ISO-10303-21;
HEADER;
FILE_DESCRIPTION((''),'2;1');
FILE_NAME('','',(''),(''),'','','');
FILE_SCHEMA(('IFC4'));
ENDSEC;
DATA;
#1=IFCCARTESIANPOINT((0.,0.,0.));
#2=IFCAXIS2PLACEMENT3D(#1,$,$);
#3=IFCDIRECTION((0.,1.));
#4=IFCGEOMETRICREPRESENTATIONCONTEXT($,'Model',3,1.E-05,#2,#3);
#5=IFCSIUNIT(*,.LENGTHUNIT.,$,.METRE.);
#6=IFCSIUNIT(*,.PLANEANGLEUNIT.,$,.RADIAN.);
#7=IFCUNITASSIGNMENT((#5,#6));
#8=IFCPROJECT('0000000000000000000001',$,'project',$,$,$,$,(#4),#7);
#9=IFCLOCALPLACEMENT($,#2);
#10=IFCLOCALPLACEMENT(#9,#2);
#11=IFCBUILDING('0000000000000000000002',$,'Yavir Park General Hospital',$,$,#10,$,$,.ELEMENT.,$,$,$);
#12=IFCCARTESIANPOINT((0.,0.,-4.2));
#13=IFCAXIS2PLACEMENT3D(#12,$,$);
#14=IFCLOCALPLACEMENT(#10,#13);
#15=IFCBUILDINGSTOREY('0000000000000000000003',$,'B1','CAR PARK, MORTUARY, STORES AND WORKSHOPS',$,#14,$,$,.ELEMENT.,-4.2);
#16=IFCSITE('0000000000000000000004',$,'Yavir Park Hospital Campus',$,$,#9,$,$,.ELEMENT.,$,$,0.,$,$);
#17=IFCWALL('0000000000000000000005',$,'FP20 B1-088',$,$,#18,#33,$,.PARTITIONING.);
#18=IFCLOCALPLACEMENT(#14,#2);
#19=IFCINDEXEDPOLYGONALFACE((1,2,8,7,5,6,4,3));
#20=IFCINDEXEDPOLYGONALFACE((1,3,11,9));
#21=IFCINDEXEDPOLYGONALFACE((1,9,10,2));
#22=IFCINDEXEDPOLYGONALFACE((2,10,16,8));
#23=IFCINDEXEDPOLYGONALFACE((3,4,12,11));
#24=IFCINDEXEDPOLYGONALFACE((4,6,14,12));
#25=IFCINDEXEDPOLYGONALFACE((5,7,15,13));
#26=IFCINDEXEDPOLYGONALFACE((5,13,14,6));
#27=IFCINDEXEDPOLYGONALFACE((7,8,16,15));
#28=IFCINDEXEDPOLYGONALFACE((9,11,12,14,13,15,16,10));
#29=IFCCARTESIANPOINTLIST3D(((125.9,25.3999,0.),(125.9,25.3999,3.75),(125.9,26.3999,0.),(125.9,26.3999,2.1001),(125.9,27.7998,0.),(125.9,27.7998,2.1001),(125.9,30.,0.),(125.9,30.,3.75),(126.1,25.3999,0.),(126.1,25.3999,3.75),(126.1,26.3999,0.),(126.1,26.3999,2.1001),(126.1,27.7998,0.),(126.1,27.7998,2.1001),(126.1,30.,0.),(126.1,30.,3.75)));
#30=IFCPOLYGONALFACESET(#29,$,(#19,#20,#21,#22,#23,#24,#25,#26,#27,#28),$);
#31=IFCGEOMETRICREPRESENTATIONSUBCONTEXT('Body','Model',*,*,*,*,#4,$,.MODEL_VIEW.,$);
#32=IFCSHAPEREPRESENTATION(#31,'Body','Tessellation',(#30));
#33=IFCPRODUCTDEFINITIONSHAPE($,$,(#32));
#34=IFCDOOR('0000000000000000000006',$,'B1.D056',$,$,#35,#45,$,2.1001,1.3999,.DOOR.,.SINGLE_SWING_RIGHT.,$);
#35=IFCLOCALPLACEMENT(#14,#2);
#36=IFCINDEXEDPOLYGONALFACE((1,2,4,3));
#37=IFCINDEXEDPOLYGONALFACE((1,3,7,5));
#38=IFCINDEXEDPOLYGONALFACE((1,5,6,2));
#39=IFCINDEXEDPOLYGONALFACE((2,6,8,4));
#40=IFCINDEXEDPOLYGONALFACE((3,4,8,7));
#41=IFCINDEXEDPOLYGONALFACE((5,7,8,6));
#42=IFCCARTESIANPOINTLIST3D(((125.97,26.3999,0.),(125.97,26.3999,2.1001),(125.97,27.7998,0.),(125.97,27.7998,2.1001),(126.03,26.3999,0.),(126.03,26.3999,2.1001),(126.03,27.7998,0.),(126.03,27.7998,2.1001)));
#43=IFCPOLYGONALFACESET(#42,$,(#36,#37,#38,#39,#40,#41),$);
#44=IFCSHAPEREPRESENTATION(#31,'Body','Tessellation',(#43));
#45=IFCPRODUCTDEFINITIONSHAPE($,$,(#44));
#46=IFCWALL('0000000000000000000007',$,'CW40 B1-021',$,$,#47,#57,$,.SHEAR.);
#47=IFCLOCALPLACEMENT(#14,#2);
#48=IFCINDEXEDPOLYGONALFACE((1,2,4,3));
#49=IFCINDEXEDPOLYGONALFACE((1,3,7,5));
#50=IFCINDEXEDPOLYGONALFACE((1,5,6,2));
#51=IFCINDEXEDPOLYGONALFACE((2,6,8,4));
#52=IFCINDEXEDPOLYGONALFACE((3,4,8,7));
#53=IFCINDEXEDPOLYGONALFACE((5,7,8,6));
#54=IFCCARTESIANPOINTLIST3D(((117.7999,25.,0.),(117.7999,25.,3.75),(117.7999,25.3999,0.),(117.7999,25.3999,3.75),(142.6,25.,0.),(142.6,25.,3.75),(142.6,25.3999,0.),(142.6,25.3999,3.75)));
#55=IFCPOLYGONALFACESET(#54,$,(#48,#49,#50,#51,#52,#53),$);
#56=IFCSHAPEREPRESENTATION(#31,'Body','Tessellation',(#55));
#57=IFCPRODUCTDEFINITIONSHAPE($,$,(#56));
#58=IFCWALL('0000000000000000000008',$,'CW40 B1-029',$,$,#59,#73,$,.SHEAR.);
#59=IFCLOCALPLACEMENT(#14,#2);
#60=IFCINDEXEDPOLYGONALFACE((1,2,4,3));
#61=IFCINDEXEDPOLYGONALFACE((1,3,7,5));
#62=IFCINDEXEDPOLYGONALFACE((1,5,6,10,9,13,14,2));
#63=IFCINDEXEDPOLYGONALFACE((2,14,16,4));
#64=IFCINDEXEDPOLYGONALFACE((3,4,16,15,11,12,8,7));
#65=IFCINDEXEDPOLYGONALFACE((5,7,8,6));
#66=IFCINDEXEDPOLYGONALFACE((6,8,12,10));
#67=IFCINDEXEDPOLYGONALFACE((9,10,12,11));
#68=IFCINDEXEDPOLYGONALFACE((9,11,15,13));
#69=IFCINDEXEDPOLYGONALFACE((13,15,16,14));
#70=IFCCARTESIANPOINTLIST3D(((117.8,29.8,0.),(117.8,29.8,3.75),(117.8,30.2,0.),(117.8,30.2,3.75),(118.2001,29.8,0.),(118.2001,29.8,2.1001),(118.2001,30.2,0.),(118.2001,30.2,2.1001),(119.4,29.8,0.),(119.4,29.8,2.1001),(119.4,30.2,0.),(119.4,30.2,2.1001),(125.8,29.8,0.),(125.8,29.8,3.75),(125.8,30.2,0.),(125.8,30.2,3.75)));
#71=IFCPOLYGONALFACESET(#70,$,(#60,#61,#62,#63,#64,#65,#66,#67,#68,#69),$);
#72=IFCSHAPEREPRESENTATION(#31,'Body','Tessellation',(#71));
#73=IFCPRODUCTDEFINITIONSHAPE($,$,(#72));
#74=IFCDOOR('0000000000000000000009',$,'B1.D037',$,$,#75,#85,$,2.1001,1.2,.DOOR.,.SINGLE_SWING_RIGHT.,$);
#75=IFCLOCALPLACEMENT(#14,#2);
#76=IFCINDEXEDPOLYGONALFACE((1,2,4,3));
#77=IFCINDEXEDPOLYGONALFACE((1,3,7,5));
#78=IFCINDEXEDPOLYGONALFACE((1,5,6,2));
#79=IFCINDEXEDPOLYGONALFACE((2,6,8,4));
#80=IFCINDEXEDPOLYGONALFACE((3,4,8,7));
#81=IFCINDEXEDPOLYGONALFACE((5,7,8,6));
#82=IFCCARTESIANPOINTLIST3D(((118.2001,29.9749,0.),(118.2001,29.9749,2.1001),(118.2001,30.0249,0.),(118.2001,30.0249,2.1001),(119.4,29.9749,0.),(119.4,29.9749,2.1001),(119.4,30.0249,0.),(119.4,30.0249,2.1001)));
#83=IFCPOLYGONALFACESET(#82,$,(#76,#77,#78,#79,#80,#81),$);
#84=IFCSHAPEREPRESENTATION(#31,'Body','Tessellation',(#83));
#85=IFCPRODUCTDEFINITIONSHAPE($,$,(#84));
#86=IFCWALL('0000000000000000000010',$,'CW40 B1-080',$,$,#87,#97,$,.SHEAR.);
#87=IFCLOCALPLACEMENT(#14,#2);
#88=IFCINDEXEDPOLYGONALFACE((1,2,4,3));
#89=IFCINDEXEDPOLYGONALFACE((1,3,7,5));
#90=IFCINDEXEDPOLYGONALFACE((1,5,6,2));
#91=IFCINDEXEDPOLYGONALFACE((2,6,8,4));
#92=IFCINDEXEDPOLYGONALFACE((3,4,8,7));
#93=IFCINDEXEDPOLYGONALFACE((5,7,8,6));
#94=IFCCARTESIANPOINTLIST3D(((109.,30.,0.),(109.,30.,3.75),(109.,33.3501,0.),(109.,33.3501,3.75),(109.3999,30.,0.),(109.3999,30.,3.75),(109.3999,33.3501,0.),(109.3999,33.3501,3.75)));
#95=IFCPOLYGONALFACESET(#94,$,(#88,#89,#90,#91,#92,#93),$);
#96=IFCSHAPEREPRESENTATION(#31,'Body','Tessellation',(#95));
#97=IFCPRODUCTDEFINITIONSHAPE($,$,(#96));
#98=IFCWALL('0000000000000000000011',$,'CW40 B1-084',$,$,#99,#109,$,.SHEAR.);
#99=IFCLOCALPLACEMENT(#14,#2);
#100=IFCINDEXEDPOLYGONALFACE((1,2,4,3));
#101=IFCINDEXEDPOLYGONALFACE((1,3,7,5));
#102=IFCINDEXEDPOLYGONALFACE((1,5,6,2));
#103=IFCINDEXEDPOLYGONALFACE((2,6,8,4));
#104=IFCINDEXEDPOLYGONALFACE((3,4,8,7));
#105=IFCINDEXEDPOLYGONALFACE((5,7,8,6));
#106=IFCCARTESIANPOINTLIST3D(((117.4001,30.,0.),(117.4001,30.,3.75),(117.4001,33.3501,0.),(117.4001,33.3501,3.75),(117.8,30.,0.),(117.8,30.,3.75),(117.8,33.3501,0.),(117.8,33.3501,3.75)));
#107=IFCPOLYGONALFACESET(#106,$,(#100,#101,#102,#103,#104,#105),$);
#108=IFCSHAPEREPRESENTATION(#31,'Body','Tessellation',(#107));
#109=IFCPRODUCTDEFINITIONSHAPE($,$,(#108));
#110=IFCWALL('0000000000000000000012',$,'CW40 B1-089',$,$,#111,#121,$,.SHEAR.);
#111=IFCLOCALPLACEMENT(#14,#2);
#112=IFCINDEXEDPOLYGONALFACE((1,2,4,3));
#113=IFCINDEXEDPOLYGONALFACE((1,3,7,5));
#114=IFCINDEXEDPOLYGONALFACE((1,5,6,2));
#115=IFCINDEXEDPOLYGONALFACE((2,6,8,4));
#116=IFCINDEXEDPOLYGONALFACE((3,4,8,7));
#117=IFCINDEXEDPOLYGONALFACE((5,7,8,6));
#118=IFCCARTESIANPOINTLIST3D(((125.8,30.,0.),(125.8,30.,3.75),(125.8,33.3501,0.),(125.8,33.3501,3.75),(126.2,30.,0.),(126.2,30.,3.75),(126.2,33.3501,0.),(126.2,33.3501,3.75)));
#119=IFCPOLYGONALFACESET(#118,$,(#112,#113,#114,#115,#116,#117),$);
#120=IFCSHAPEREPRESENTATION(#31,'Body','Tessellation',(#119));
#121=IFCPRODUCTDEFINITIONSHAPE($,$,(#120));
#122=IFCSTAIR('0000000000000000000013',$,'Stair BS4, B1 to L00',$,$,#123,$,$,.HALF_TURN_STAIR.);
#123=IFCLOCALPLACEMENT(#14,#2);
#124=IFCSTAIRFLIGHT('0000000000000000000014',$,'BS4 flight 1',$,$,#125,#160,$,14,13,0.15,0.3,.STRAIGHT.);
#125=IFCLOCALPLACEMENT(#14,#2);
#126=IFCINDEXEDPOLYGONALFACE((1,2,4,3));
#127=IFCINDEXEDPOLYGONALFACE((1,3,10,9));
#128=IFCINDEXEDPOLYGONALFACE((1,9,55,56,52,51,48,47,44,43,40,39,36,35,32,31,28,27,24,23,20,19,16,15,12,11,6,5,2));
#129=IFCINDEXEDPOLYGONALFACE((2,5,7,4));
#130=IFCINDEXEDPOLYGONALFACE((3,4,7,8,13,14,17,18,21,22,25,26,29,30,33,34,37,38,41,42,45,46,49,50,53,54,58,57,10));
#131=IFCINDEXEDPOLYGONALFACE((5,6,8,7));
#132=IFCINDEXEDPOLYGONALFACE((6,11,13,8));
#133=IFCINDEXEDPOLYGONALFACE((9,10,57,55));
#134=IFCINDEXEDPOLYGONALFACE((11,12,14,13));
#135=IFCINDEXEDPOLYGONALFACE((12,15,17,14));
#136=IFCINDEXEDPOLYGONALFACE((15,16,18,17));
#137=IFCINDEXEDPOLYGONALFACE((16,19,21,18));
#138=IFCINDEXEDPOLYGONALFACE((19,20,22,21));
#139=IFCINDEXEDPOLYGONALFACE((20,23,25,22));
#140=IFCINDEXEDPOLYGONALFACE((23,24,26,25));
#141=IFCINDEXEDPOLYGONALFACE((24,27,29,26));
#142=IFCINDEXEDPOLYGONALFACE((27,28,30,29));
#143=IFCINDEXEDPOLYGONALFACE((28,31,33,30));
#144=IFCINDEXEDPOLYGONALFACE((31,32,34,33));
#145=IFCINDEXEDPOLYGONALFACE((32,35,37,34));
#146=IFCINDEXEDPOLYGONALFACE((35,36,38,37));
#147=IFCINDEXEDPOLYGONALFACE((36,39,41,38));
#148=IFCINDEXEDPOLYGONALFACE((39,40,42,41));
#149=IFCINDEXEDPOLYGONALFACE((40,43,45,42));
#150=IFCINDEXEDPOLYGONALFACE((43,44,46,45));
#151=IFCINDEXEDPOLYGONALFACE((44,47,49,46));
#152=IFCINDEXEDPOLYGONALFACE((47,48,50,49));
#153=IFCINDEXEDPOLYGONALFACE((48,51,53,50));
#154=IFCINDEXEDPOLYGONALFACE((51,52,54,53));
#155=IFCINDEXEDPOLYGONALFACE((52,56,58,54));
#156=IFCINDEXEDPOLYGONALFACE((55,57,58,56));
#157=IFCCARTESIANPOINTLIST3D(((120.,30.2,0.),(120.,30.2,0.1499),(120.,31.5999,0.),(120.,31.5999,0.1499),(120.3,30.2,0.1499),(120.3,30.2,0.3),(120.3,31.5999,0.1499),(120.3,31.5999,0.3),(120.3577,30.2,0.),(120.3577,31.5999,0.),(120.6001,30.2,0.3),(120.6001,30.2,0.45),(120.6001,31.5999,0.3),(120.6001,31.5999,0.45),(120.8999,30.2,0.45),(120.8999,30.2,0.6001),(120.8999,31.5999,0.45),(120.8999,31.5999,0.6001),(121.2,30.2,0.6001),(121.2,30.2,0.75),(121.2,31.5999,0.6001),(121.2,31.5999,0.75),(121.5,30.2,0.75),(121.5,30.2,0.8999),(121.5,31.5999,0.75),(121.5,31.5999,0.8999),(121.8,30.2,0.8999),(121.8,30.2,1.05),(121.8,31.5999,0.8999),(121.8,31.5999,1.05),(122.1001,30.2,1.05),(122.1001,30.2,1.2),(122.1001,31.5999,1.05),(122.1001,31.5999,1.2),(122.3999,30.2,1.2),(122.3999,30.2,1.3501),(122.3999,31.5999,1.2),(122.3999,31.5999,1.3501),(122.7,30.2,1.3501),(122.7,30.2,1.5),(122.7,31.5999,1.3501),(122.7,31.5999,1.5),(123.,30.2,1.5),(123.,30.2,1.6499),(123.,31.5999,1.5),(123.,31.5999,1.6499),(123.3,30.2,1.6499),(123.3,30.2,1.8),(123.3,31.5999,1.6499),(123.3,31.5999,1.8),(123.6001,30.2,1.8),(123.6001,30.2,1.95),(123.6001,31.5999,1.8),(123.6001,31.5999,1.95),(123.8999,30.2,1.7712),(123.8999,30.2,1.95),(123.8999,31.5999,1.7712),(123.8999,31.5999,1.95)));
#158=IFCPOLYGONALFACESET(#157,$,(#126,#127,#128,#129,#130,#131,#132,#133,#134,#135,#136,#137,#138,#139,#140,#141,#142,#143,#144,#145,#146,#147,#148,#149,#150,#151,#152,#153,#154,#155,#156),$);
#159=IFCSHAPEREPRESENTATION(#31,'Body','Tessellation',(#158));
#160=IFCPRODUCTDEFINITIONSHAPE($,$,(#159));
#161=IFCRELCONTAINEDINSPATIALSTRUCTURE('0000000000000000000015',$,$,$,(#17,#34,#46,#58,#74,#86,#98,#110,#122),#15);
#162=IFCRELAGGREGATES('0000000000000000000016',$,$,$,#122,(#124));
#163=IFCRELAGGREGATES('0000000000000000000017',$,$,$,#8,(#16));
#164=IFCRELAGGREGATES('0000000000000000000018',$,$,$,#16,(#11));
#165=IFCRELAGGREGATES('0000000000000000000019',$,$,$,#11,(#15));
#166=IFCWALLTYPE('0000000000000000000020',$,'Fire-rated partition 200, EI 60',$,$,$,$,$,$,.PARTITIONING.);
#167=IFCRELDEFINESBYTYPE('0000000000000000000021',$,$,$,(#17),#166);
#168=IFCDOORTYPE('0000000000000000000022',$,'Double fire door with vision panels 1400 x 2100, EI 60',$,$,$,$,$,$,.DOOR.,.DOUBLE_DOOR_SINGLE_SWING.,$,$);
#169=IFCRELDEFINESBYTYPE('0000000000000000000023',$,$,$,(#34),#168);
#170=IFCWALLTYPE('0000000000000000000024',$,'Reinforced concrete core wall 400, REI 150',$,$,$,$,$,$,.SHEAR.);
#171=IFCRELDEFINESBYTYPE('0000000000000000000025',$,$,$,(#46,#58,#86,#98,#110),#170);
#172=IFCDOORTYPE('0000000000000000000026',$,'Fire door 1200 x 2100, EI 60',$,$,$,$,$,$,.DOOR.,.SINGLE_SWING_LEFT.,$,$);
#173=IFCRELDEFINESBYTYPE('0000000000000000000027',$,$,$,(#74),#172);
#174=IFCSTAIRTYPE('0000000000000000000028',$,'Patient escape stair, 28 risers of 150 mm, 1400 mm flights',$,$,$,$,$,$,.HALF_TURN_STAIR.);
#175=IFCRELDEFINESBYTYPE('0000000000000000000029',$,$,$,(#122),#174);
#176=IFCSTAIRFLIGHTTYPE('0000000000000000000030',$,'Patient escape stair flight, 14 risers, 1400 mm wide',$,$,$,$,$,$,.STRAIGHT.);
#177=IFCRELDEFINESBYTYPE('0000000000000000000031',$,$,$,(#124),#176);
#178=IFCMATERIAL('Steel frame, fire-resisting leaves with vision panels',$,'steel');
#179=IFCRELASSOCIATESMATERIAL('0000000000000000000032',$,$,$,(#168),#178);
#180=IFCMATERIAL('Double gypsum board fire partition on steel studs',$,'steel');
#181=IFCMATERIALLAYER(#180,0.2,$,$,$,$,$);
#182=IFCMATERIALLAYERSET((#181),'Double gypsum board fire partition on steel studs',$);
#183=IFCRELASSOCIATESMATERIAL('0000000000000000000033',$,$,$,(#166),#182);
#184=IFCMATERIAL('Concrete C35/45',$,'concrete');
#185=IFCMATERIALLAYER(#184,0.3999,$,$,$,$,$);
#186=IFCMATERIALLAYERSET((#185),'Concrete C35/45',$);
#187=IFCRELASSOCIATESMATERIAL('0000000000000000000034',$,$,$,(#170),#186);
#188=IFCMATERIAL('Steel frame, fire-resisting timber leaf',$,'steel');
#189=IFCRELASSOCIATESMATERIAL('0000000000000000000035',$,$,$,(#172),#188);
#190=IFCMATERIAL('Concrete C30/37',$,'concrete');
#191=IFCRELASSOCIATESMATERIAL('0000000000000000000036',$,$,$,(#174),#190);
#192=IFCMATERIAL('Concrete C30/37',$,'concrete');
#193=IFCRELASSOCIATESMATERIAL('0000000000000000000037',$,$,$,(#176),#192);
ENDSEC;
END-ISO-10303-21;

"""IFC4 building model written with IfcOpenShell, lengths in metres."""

from ifc_helpers import new_model, si_unit, direction, frame, frame_2d, origin, place, context, subcontext, project, spatial, polyline, rectangle, outline, extrude, material, layer, layer_set, type_object, element, fill, aggregate, save


model = new_model("IFC4")

# Units and contexts
model_context = context("Model", 3, precision=1e-05, world=origin(), true_north=direction((0.0, 1.0)))
body_context = subcontext(model_context, "Body", "Model", "MODEL_VIEW")
ifc_project = project(units=[si_unit("LENGTHUNIT", "METRE"), si_unit("PLANEANGLEUNIT", "RADIAN")], contexts=[model_context])

# Site, building, storey
site_placement = place(None, origin())
site = spatial("IfcSite", under=ifc_project, at=site_placement, Name="Yavir Park Hospital Campus", CompositionType="ELEMENT", RefElevation=0.0)
building_placement = place(site_placement, origin())
building = spatial("IfcBuilding", under=site, at=building_placement, Name="Yavir Park General Hospital", CompositionType="ELEMENT")
storey_placement = place(building_placement, frame((0.0, 0.0, -4.2)))
storey = spatial("IfcBuildingStorey", under=building, at=storey_placement, Name="B1", Description="CAR PARK, MORTUARY, STORES AND WORKSHOPS", CompositionType="ELEMENT", Elevation=-4.2)

# Shared definitions
ifc_material_1 = material(Name="Steel frame, fire-resisting leaves with vision panels", Category="steel")
door_type_1 = type_object("IfcDoorType", Name="Double fire door with vision panels 1400 x 2100, EI 60", OperationType="DOUBLE_DOOR_SINGLE_SWING", PredefinedType="DOOR", material=ifc_material_1)

# Shared definitions
ifc_material_2 = material(Name="Double gypsum board fire partition on steel studs", Category="steel")
ifc_layer_1 = layer(ifc_material_2, 0.2)
ifc_layer_set_1 = layer_set([ifc_layer_1], Name="Double gypsum board fire partition on steel studs")
wall_type_1 = type_object("IfcWallType", Name="Fire-rated partition 200, EI 60", PredefinedType="PARTITIONING", material=ifc_layer_set_1)

# Wall, opening, door
wall_1_placement = place(storey_placement, frame((126.0, 25.3999, 0.0), z_axis=(0.0, 0.0, 1.0), x_axis=(0.0, 1.0, 0.0)))
wall_1 = element("IfcWall", 1, at=wall_1_placement, inside=storey, type_object=wall_type_1, Name="FP20 B1-088", PredefinedType="PARTITIONING", context=body_context, shape_type="SweptSolid", body=[
    extrude(rectangle(XDim=4.6001, YDim=0.2, at=frame_2d((2.3, 0.0))), origin(), (0.0, 0.0, 1.0), 3.75),
])
opening_1_placement = place(wall_1_placement, frame((1.0, 0.0, 0.0)))
opening_1 = element("IfcOpeningElement", 2, at=opening_1_placement, cuts=wall_1, PredefinedType="OPENING", context=body_context, shape_type="SweptSolid", body=[
    extrude(rectangle(XDim=1.3999, YDim=2.1001, at=frame_2d((0.7, 1.05))), frame((0.0, 0.1099, 0.0), z_axis=(0.0, -1.0, 0.0), x_axis=(1.0, 0.0, 0.0)), (0.0, 0.0, 1.0), 0.22),
])
door_1_placement = place(opening_1_placement, origin())
door_1 = element("IfcDoor", 3, at=door_1_placement, inside=storey, type_object=door_type_1, Name="B1.D056", OperationType="SINGLE_SWING_RIGHT", OverallHeight=2.1001, OverallWidth=1.3999, PredefinedType="DOOR", context=body_context, shape_type="SweptSolid", body=[
    extrude(rectangle(XDim=1.3999, YDim=2.1001, at=frame_2d((0.7, 1.05))), frame((0.0, 0.03, 0.0), z_axis=(0.0, -1.0, 0.0), x_axis=(1.0, 0.0, 0.0)), (0.0, 0.0, 1.0), 0.0601),
])
fill(opening_1, door_1)

# Wall
ifc_material_3 = material(Name="Concrete C35/45", Category="concrete")
ifc_layer_2 = layer(ifc_material_3, 0.3999)
ifc_layer_set_2 = layer_set([ifc_layer_2], Name="Concrete C35/45")
wall_type_2 = type_object("IfcWallType", Name="Reinforced concrete core wall 400, REI 150", PredefinedType="SHEAR", material=ifc_layer_set_2)
wall_2_placement = place(storey_placement, frame((117.8, 25.2, 0.0), z_axis=(0.0, 0.0, 1.0), x_axis=(1.0, 0.0, 0.0)))
element("IfcWall", 4, at=wall_2_placement, inside=storey, type_object=wall_type_2, Name="CW40 B1-021", PredefinedType="SHEAR", context=body_context, shape_type="SweptSolid", body=[
    extrude(rectangle(XDim=24.8, YDim=0.3999, at=frame_2d((12.3999, 0.0))), origin(), (0.0, 0.0, 1.0), 3.75),
])

# Wall, opening, door
wall_3_placement = place(storey_placement, frame((117.8, 30.0, 0.0), z_axis=(0.0, 0.0, 1.0), x_axis=(1.0, 0.0, 0.0)))
wall_3 = element("IfcWall", 5, at=wall_3_placement, inside=storey, type_object=wall_type_2, Name="CW40 B1-029", PredefinedType="SHEAR", context=body_context, shape_type="SweptSolid", body=[
    extrude(rectangle(XDim=8.0, YDim=0.3999, at=frame_2d((4.0, 0.0))), origin(), (0.0, 0.0, 1.0), 3.75),
])
opening_2_placement = place(wall_3_placement, frame((0.3999, 0.0, 0.0)))
opening_2 = element("IfcOpeningElement", 6, at=opening_2_placement, cuts=wall_3, PredefinedType="OPENING", context=body_context, shape_type="SweptSolid", body=[
    extrude(rectangle(XDim=1.2, YDim=2.1001, at=frame_2d((0.6001, 1.05))), frame((0.0, 0.21, 0.0), z_axis=(0.0, -1.0, 0.0), x_axis=(1.0, 0.0, 0.0)), (0.0, 0.0, 1.0), 0.4199),
])
ifc_material_4 = material(Name="Steel frame, fire-resisting timber leaf", Category="steel")
door_type_2 = type_object("IfcDoorType", Name="Fire door 1200 x 2100, EI 60", OperationType="SINGLE_SWING_LEFT", PredefinedType="DOOR", material=ifc_material_4)
door_2_placement = place(opening_2_placement, origin())
door_2 = element("IfcDoor", 7, at=door_2_placement, inside=storey, type_object=door_type_2, Name="B1.D037", OperationType="SINGLE_SWING_RIGHT", OverallHeight=2.1001, OverallWidth=1.2, PredefinedType="DOOR", context=body_context, shape_type="SweptSolid", body=[
    extrude(rectangle(XDim=1.2, YDim=2.1001, at=frame_2d((0.6001, 1.05))), frame((0.0, 0.0249, 0.0), z_axis=(0.0, -1.0, 0.0), x_axis=(1.0, 0.0, 0.0)), (0.0, 0.0, 1.0), 0.05),
])
fill(opening_2, door_2)

# Walls
for number, where, z_axis, x_axis, name in (
    (8, (109.2, 30.0, 0.0), (0.0, 0.0, 1.0), (0.0, 1.0, 0.0), "CW40 B1-080"),
    (9, (117.6001, 30.0, 0.0), (0.0, 0.0, 1.0), (0.0, 1.0, 0.0), "CW40 B1-084"),
    (10, (126.0, 30.0, 0.0), (0.0, 0.0, 1.0), (0.0, 1.0, 0.0), "CW40 B1-089"),
):
    element("IfcWall", number, at=place(storey_placement, frame(where, z_axis=z_axis, x_axis=x_axis)), inside=storey, type_object=wall_type_2, Name=name, PredefinedType="SHEAR", context=body_context, shape_type="SweptSolid", body=[
        extrude(rectangle(XDim=3.3501, YDim=0.3999, at=frame_2d((1.675, 0.0))), origin(), (0.0, 0.0, 1.0), 3.75),
    ])

# Stair, stair flight
ifc_material_5 = material(Name="Concrete C30/37", Category="concrete")
stair_type = type_object("IfcStairType", Name="Patient escape stair, 28 risers of 150 mm, 1400 mm flights", PredefinedType="HALF_TURN_STAIR", material=ifc_material_5)
stair_placement = place(storey_placement, origin())
stair = element("IfcStair", 11, at=stair_placement, inside=storey, type_object=stair_type, Name="Stair BS4, B1 to L00", PredefinedType="HALF_TURN_STAIR")
ifc_material_6 = material(Name="Concrete C30/37", Category="concrete")
stair_flight_type = type_object("IfcStairFlightType", Name="Patient escape stair flight, 14 risers, 1400 mm wide", PredefinedType="STRAIGHT", material=ifc_material_6)
stair_flight_1_placement = place(storey_placement, frame((120.0, 30.8999, 0.0), z_axis=(0.0, 0.0, 1.0), x_axis=(1.0, 0.0, 0.0)))
stair_flight_1 = element("IfcStairFlight", 12, at=stair_flight_1_placement, type_object=stair_flight_type, Name="BS4 flight 1", NumberOfRisers=14, NumberOfTreads=13, PredefinedType="STRAIGHT", RiserHeight=0.15, TreadLength=0.3, context=body_context, shape_type="SweptSolid", body=[
    extrude(outline(polyline([(0.0, 0.0), (0.0, 0.1499), (0.3, 0.1499), (0.3, 0.3), (0.6001, 0.3), (0.6001, 0.45), (0.8999, 0.45), (0.8999, 0.6001), (1.2, 0.6001), (1.2, 0.75), (1.5, 0.75), (1.5, 0.8999), (1.8, 0.8999), (1.8, 1.05), (2.1001, 1.05), (2.1001, 1.2), (2.3999, 1.2), (2.3999, 1.3501), (2.7, 1.3501), (2.7, 1.5), (3.0, 1.5), (3.0, 1.6499), (3.3, 1.6499), (3.3, 1.8), (3.6001, 1.8), (3.6001, 1.95), (3.8999, 1.95), (3.8999, 2.1001), (3.8999, 1.7712), (0.3577, 0.0), (0.0, 0.0)])), frame((0.0, 0.7, 0.0), z_axis=(0.0, -1.0, 0.0), x_axis=(1.0, 0.0, 0.0)), (0.0, 0.0, 1.0), 1.3999),
])
aggregate(stair, [stair_flight_1])

save(model, "model.ifc")
